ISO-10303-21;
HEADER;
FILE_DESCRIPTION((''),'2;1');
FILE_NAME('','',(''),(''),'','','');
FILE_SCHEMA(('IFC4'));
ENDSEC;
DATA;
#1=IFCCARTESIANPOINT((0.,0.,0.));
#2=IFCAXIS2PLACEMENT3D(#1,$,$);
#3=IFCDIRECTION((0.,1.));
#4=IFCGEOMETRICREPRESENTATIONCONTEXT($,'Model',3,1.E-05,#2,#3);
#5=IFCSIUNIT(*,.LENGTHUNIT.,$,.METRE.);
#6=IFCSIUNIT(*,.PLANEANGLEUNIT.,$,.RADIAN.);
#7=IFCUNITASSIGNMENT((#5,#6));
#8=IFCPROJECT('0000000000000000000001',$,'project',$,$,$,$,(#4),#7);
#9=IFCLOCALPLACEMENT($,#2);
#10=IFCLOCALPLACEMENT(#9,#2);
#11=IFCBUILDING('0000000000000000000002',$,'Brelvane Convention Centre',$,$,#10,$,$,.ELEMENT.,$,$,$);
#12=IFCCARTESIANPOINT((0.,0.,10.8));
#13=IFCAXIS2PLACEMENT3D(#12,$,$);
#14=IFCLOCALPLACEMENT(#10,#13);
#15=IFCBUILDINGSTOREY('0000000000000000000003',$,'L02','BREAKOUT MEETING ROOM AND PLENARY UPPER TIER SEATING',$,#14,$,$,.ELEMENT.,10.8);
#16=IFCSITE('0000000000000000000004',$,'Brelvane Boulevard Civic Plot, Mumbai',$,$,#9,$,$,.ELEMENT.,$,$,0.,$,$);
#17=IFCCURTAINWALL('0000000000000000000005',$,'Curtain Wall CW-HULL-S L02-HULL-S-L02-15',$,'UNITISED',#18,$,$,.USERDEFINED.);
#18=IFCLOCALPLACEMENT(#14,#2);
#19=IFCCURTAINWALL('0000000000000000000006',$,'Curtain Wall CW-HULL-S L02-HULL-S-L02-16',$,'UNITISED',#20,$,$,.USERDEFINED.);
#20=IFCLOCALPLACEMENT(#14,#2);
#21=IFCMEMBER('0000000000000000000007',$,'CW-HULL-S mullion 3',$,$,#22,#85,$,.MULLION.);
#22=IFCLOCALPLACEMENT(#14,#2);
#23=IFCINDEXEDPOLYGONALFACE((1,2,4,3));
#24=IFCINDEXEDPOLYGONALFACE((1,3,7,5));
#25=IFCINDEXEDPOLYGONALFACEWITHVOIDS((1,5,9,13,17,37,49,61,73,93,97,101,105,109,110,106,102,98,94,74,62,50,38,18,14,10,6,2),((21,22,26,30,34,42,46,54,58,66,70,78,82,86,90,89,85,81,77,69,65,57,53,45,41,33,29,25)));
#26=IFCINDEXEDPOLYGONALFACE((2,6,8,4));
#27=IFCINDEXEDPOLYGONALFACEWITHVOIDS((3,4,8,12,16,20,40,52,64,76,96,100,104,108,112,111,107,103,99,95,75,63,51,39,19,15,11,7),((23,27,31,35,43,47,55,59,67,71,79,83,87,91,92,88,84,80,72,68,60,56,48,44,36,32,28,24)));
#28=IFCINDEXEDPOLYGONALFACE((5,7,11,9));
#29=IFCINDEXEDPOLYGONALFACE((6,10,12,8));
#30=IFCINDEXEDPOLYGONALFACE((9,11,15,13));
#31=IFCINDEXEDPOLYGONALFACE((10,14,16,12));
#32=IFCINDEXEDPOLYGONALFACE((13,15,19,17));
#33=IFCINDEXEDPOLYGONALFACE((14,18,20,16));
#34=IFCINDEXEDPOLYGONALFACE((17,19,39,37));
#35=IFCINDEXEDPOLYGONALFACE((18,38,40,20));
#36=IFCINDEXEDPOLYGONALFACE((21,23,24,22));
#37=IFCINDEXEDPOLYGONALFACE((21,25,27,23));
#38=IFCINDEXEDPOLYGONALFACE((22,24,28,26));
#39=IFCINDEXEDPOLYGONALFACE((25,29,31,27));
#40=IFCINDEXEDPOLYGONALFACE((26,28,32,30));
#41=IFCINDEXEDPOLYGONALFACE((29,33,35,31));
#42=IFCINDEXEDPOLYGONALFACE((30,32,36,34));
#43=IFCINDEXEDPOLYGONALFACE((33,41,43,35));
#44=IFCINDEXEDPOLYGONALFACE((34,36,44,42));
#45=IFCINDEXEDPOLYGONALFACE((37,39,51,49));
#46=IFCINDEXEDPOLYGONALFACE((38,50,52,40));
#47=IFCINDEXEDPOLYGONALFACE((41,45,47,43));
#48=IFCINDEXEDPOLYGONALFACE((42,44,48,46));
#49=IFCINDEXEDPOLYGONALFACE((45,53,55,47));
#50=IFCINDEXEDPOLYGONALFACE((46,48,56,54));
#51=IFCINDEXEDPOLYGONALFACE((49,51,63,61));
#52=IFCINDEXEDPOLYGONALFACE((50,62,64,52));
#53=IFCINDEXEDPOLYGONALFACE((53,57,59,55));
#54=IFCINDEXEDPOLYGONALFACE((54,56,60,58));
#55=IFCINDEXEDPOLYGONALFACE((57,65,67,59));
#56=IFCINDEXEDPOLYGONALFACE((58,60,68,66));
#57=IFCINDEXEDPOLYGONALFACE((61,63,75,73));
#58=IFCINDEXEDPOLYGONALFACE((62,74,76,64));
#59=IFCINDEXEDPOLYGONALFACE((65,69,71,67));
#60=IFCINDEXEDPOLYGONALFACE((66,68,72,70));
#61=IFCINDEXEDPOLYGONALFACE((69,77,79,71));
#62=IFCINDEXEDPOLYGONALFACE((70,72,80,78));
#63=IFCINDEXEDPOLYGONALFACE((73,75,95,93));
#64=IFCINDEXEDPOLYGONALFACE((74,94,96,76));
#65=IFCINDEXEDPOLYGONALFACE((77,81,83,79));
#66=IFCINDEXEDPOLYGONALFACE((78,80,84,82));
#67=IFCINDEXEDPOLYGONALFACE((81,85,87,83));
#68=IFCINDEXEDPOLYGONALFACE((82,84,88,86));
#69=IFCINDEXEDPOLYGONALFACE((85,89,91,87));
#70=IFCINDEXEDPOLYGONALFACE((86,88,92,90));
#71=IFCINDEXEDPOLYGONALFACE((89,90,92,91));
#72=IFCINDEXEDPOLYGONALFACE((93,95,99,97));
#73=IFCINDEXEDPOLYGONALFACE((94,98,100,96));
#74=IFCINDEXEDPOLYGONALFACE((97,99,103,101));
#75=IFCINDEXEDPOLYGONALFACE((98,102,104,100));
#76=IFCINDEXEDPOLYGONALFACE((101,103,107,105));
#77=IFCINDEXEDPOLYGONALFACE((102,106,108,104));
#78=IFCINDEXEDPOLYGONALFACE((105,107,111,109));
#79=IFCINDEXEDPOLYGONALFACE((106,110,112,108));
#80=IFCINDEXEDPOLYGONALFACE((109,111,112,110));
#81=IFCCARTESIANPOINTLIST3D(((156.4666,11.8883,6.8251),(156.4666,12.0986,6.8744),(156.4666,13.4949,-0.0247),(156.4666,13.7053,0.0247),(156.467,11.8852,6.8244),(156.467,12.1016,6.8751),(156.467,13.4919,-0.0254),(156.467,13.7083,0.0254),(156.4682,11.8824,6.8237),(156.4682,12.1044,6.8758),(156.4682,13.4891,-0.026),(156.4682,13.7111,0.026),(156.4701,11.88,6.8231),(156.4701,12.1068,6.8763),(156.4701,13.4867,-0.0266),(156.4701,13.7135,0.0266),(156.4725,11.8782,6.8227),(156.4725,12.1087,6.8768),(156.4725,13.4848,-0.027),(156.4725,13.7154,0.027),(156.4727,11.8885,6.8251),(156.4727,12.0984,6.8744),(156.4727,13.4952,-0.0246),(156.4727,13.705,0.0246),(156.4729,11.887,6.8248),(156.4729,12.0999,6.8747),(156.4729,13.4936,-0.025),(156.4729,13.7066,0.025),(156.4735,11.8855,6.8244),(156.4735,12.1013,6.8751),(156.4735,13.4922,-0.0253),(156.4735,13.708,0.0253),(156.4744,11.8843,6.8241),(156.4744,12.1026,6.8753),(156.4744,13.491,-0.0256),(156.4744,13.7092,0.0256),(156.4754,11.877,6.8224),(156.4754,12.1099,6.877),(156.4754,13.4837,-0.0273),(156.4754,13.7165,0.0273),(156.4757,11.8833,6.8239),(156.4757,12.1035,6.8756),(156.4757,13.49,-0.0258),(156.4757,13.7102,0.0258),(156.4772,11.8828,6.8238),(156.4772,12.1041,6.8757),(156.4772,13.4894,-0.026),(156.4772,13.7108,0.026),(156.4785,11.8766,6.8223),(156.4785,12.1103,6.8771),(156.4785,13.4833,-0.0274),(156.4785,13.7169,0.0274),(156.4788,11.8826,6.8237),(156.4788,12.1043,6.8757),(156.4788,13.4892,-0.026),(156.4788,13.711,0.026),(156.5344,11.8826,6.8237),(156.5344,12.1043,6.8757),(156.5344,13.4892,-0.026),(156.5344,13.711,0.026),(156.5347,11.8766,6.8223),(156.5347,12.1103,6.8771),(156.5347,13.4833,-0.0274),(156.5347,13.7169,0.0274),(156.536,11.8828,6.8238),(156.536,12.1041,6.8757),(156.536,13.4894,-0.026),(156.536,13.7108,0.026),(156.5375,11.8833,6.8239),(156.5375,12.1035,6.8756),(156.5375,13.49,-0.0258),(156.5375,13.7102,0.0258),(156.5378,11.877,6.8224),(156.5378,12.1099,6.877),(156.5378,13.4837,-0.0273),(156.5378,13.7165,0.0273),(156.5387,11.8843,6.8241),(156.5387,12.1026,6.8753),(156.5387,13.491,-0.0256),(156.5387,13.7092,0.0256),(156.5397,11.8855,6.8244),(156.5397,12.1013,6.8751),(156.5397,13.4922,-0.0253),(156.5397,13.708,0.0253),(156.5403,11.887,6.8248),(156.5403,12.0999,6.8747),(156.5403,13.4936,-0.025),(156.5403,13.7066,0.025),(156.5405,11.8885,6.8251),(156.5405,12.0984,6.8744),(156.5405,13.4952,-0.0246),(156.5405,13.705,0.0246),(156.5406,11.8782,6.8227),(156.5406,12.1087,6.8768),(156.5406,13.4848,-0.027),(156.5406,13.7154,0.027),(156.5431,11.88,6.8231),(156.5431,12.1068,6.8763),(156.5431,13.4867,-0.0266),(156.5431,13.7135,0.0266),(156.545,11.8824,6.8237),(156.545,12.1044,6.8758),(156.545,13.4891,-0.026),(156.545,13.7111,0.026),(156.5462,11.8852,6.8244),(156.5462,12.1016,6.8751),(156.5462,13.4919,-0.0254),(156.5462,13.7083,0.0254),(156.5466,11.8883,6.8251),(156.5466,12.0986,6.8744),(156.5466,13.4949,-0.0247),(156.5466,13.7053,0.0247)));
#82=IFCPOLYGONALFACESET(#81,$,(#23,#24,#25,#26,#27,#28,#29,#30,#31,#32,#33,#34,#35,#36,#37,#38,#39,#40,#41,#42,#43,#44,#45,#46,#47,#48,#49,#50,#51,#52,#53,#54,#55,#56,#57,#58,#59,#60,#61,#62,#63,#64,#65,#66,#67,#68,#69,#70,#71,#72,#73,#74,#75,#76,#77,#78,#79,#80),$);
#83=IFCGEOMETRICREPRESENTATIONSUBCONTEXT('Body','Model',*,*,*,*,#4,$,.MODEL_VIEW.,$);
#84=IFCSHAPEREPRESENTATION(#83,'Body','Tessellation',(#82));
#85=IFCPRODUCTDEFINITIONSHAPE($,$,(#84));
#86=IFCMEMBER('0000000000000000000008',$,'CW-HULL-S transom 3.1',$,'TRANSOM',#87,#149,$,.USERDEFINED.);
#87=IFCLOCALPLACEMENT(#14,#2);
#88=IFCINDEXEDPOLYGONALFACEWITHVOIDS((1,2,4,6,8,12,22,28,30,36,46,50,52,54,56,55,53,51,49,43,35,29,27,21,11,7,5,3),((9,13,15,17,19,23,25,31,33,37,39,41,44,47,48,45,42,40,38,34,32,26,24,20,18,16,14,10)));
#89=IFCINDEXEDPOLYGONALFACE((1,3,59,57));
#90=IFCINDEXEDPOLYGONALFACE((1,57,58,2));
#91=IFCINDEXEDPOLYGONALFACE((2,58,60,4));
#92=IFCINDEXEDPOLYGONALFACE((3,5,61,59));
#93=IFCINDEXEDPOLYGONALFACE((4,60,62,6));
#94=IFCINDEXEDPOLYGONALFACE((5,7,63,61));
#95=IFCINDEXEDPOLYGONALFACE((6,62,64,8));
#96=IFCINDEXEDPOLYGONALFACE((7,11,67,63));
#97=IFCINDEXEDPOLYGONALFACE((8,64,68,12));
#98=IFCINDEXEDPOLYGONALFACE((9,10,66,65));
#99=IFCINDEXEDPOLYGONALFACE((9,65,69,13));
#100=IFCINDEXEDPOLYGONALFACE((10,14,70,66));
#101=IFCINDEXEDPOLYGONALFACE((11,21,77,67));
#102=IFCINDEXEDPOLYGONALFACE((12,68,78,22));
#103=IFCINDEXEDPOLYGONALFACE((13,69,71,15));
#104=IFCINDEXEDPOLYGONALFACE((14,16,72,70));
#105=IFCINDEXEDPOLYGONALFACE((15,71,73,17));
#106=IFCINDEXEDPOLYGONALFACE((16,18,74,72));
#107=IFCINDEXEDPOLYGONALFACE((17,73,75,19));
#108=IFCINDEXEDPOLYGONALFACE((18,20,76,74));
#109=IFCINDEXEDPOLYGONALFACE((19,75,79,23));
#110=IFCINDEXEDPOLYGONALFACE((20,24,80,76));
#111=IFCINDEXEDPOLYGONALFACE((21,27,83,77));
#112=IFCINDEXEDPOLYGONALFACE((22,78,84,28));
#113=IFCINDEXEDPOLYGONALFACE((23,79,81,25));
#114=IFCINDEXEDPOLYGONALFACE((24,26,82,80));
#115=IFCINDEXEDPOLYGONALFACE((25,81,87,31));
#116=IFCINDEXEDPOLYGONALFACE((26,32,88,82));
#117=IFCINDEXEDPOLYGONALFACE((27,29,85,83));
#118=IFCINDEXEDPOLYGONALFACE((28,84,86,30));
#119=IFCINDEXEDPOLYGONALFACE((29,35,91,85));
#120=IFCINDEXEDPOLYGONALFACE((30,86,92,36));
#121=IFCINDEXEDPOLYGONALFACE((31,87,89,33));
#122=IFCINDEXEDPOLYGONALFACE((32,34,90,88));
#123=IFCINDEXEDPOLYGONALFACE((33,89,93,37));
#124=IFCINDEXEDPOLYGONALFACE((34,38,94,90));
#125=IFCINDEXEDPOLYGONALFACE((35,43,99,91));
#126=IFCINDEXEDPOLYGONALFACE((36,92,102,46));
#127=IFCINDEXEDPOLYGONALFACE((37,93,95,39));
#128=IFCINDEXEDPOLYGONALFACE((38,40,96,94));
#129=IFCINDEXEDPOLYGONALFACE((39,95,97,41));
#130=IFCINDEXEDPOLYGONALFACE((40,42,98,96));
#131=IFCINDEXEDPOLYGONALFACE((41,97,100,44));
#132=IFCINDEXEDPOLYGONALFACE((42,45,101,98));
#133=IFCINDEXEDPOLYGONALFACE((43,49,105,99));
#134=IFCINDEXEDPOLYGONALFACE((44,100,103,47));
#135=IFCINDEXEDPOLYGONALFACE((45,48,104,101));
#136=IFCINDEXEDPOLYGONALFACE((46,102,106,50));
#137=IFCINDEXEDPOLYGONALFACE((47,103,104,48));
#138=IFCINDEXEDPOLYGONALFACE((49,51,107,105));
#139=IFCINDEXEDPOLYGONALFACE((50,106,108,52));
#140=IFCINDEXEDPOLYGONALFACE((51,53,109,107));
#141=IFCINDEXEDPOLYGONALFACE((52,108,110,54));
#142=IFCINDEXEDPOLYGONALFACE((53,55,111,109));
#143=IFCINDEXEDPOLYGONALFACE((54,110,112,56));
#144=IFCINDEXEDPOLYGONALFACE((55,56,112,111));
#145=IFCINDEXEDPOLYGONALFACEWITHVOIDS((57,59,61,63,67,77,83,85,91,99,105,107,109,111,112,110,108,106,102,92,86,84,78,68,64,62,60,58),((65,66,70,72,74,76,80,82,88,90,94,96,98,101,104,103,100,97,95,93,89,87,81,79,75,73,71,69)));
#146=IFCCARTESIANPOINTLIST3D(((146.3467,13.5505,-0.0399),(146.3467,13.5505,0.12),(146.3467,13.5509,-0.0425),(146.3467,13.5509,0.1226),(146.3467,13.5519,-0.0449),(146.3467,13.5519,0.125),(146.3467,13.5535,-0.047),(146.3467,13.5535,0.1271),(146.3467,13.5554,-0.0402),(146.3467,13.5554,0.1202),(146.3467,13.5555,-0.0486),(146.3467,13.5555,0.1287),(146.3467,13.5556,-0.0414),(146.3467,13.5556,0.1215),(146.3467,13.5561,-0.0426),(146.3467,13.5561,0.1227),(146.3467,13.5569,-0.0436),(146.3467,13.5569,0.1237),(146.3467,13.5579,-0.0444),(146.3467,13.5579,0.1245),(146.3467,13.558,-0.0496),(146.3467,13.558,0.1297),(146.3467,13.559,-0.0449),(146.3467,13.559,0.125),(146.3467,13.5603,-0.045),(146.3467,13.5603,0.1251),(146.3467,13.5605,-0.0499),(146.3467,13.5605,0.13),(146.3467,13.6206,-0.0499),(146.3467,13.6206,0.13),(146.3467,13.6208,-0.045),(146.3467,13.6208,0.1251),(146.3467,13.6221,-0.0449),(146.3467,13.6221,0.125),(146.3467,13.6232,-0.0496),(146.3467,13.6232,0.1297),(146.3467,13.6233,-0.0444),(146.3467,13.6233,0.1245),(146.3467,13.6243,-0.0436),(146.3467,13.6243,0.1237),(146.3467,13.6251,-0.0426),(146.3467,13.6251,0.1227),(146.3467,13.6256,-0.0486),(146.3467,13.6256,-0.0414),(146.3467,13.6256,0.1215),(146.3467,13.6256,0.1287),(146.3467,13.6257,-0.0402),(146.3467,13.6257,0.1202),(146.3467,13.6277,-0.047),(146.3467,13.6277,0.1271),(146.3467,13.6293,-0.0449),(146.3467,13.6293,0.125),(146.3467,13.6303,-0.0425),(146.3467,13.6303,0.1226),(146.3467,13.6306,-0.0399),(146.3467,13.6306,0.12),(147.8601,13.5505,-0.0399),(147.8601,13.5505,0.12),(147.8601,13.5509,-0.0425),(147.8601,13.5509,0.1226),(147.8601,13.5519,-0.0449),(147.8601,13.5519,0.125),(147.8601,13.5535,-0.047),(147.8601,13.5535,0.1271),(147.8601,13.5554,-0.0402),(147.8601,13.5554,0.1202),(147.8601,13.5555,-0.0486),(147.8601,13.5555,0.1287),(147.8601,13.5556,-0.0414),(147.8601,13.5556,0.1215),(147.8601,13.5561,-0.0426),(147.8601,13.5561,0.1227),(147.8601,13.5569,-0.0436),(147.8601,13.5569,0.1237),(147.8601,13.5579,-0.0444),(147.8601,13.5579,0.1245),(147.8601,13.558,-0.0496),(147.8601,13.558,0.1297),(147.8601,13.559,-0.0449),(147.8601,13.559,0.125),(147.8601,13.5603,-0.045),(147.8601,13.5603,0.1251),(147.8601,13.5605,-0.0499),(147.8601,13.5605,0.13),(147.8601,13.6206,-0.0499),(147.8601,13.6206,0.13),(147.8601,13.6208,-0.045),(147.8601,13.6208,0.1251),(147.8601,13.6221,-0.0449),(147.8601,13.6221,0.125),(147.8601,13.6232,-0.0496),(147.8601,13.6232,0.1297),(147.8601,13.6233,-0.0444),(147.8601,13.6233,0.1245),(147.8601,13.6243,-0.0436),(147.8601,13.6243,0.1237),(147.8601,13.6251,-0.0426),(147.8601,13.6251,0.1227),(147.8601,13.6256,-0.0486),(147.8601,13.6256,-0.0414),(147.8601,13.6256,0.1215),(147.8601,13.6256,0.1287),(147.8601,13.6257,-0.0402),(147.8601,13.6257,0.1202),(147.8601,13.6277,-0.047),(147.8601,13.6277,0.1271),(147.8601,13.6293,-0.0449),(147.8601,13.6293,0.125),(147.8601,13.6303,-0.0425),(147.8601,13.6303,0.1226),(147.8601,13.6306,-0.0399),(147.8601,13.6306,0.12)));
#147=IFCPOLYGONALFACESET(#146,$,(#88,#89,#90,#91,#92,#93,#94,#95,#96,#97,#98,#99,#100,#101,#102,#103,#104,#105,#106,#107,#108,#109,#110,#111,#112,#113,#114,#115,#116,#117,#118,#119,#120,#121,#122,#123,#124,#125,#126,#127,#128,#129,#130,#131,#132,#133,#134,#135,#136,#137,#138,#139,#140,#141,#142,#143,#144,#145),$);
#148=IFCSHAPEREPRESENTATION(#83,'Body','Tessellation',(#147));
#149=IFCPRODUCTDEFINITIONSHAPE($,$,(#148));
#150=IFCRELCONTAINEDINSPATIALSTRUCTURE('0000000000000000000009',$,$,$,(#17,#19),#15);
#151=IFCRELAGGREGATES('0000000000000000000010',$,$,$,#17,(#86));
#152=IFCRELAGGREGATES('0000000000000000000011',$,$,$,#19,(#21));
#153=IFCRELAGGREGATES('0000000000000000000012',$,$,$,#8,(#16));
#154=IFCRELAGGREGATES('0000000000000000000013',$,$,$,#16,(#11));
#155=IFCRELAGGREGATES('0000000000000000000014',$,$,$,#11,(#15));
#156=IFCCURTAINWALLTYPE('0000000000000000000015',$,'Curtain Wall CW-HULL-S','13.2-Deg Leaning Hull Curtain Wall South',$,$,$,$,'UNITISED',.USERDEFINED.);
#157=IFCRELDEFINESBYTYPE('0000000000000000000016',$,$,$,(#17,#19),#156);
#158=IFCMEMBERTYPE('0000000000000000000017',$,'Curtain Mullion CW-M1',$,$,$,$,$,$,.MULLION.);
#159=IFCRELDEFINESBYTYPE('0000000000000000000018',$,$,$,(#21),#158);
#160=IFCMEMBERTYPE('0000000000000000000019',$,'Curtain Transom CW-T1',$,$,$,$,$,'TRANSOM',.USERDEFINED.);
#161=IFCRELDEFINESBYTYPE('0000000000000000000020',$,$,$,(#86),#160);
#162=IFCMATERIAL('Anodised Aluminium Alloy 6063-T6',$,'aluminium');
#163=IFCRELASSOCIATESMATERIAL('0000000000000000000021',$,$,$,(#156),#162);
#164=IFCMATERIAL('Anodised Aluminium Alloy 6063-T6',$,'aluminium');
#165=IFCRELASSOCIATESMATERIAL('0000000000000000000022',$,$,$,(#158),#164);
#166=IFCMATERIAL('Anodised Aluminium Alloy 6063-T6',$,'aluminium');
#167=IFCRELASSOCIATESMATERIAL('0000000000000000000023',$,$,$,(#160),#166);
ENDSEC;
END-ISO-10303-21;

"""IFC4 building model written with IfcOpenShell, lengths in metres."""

from ifc_helpers import new_model, si_unit, direction, frame, origin, origin_2d, place, context, subcontext, project, spatial, hollow_rectangle, extrude, material, material_profile, profile_set, type_object, element, aggregate, save


model = new_model("IFC4")

# Units and contexts
model_context = context("Model", 3, precision=1e-05, world=origin(), true_north=direction((0.0, 1.0)))
body_context = subcontext(model_context, "Body", "Model", "MODEL_VIEW")
ifc_project = project(units=[si_unit("LENGTHUNIT", "METRE"), si_unit("PLANEANGLEUNIT", "RADIAN")], contexts=[model_context])

# Site, building, storey
site_placement = place(None, origin())
site = spatial("IfcSite", under=ifc_project, at=site_placement, Name="Brelvane Boulevard Civic Plot, Mumbai", CompositionType="ELEMENT", RefElevation=0.0)
building_placement = place(site_placement, origin())
building = spatial("IfcBuilding", under=site, at=building_placement, Name="Brelvane Convention Centre", CompositionType="ELEMENT")
storey_placement = place(building_placement, frame((0.0, 0.0, 10.8)))
storey = spatial("IfcBuildingStorey", under=building, at=storey_placement, Name="L02", Description="BREAKOUT MEETING ROOM AND PLENARY UPPER TIER SEATING", CompositionType="ELEMENT", Elevation=10.8)

# Curtain walls, member
ifc_material_1 = material(Name="Anodised Aluminium Alloy 6063-T6", Category="aluminium")
curtain_wall_type = type_object("IfcCurtainWallType", Name="Curtain Wall CW-HULL-S", Description="13.2-Deg Leaning Hull Curtain Wall South", ElementType="UNITISED", PredefinedType="USERDEFINED", material=ifc_material_1)
curtain_wall_1_placement = place(storey_placement, origin())
curtain_wall_1 = element("IfcCurtainWall", 1, at=curtain_wall_1_placement, inside=storey, type_object=curtain_wall_type, Name="Curtain Wall CW-HULL-S L02-HULL-S-L02-15", ObjectType="UNITISED", PredefinedType="USERDEFINED")
ifc_material_2 = material(Name="Anodised Aluminium Alloy 6063-T6", Category="aluminium")
ifc_material_profile_1 = material_profile(ifc_material_2, hollow_rectangle(XDim=0.0801, YDim=0.24, WallThickness=0.0061, InnerFilletRadius=0.0061, OuterFilletRadius=0.012, at=origin_2d()), Name="ALU-M 240x80x6.0")
ifc_profile_set_1 = profile_set([ifc_material_profile_1], Name="Anodised Aluminium Alloy 6063-T6")
member_type_1 = type_object("IfcMemberType", Name="Curtain Mullion CW-M1", PredefinedType="MULLION", material=ifc_profile_set_1)
curtain_wall_2_placement = place(storey_placement, origin())
curtain_wall_2 = element("IfcCurtainWall", 2, at=curtain_wall_2_placement, inside=storey, type_object=curtain_wall_type, Name="Curtain Wall CW-HULL-S L02-HULL-S-L02-16", ObjectType="UNITISED", PredefinedType="USERDEFINED")
member_1_placement = place(storey_placement, frame((156.5066, 13.6001, 0.0), z_axis=(0.0, -0.22836, 0.973577), x_axis=(1.0, 0.0, 0.0)))
member_1 = element("IfcMember", 3, at=member_1_placement, type_object=member_type_1, Name="CW-HULL-S mullion 3", PredefinedType="MULLION", context=body_context, shape_type="SweptSolid", body=[
    extrude(hollow_rectangle(XDim=0.0801, YDim=0.24, WallThickness=0.0061, InnerFilletRadius=0.0061, OuterFilletRadius=0.012, at=origin_2d()), origin(), (0.0, 0.0, 1.0), 7.0356),
])

# Member
ifc_material_3 = material(Name="Anodised Aluminium Alloy 6063-T6", Category="aluminium")
ifc_material_profile_2 = material_profile(ifc_material_3, hollow_rectangle(XDim=0.0801, YDim=0.1799, WallThickness=0.0049, InnerFilletRadius=0.0049, OuterFilletRadius=0.01, at=origin_2d()), Name="ALU-T 180x80x5.0")
ifc_profile_set_2 = profile_set([ifc_material_profile_2], Name="Anodised Aluminium Alloy 6063-T6")
member_type_2 = type_object("IfcMemberType", Name="Curtain Transom CW-T1", ElementType="TRANSOM", PredefinedType="USERDEFINED", material=ifc_profile_set_2)
member_2_placement = place(storey_placement, frame((146.3467, 13.5906, 0.04), z_axis=(1.0, 0.0, 0.0), x_axis=(0.0, 1.0, 0.0)))
member_2 = element("IfcMember", 4, at=member_2_placement, type_object=member_type_2, Name="CW-HULL-S transom 3.1", ObjectType="TRANSOM", PredefinedType="USERDEFINED", context=body_context, shape_type="SweptSolid", body=[
    extrude(hollow_rectangle(XDim=0.0801, YDim=0.1799, WallThickness=0.0049, InnerFilletRadius=0.0049, OuterFilletRadius=0.01, at=origin_2d()), origin(), (0.0, 0.0, 1.0), 1.5134),
])
aggregate(curtain_wall_1, [member_2])

aggregate(curtain_wall_2, [member_1])

save(model, "model.ifc")
